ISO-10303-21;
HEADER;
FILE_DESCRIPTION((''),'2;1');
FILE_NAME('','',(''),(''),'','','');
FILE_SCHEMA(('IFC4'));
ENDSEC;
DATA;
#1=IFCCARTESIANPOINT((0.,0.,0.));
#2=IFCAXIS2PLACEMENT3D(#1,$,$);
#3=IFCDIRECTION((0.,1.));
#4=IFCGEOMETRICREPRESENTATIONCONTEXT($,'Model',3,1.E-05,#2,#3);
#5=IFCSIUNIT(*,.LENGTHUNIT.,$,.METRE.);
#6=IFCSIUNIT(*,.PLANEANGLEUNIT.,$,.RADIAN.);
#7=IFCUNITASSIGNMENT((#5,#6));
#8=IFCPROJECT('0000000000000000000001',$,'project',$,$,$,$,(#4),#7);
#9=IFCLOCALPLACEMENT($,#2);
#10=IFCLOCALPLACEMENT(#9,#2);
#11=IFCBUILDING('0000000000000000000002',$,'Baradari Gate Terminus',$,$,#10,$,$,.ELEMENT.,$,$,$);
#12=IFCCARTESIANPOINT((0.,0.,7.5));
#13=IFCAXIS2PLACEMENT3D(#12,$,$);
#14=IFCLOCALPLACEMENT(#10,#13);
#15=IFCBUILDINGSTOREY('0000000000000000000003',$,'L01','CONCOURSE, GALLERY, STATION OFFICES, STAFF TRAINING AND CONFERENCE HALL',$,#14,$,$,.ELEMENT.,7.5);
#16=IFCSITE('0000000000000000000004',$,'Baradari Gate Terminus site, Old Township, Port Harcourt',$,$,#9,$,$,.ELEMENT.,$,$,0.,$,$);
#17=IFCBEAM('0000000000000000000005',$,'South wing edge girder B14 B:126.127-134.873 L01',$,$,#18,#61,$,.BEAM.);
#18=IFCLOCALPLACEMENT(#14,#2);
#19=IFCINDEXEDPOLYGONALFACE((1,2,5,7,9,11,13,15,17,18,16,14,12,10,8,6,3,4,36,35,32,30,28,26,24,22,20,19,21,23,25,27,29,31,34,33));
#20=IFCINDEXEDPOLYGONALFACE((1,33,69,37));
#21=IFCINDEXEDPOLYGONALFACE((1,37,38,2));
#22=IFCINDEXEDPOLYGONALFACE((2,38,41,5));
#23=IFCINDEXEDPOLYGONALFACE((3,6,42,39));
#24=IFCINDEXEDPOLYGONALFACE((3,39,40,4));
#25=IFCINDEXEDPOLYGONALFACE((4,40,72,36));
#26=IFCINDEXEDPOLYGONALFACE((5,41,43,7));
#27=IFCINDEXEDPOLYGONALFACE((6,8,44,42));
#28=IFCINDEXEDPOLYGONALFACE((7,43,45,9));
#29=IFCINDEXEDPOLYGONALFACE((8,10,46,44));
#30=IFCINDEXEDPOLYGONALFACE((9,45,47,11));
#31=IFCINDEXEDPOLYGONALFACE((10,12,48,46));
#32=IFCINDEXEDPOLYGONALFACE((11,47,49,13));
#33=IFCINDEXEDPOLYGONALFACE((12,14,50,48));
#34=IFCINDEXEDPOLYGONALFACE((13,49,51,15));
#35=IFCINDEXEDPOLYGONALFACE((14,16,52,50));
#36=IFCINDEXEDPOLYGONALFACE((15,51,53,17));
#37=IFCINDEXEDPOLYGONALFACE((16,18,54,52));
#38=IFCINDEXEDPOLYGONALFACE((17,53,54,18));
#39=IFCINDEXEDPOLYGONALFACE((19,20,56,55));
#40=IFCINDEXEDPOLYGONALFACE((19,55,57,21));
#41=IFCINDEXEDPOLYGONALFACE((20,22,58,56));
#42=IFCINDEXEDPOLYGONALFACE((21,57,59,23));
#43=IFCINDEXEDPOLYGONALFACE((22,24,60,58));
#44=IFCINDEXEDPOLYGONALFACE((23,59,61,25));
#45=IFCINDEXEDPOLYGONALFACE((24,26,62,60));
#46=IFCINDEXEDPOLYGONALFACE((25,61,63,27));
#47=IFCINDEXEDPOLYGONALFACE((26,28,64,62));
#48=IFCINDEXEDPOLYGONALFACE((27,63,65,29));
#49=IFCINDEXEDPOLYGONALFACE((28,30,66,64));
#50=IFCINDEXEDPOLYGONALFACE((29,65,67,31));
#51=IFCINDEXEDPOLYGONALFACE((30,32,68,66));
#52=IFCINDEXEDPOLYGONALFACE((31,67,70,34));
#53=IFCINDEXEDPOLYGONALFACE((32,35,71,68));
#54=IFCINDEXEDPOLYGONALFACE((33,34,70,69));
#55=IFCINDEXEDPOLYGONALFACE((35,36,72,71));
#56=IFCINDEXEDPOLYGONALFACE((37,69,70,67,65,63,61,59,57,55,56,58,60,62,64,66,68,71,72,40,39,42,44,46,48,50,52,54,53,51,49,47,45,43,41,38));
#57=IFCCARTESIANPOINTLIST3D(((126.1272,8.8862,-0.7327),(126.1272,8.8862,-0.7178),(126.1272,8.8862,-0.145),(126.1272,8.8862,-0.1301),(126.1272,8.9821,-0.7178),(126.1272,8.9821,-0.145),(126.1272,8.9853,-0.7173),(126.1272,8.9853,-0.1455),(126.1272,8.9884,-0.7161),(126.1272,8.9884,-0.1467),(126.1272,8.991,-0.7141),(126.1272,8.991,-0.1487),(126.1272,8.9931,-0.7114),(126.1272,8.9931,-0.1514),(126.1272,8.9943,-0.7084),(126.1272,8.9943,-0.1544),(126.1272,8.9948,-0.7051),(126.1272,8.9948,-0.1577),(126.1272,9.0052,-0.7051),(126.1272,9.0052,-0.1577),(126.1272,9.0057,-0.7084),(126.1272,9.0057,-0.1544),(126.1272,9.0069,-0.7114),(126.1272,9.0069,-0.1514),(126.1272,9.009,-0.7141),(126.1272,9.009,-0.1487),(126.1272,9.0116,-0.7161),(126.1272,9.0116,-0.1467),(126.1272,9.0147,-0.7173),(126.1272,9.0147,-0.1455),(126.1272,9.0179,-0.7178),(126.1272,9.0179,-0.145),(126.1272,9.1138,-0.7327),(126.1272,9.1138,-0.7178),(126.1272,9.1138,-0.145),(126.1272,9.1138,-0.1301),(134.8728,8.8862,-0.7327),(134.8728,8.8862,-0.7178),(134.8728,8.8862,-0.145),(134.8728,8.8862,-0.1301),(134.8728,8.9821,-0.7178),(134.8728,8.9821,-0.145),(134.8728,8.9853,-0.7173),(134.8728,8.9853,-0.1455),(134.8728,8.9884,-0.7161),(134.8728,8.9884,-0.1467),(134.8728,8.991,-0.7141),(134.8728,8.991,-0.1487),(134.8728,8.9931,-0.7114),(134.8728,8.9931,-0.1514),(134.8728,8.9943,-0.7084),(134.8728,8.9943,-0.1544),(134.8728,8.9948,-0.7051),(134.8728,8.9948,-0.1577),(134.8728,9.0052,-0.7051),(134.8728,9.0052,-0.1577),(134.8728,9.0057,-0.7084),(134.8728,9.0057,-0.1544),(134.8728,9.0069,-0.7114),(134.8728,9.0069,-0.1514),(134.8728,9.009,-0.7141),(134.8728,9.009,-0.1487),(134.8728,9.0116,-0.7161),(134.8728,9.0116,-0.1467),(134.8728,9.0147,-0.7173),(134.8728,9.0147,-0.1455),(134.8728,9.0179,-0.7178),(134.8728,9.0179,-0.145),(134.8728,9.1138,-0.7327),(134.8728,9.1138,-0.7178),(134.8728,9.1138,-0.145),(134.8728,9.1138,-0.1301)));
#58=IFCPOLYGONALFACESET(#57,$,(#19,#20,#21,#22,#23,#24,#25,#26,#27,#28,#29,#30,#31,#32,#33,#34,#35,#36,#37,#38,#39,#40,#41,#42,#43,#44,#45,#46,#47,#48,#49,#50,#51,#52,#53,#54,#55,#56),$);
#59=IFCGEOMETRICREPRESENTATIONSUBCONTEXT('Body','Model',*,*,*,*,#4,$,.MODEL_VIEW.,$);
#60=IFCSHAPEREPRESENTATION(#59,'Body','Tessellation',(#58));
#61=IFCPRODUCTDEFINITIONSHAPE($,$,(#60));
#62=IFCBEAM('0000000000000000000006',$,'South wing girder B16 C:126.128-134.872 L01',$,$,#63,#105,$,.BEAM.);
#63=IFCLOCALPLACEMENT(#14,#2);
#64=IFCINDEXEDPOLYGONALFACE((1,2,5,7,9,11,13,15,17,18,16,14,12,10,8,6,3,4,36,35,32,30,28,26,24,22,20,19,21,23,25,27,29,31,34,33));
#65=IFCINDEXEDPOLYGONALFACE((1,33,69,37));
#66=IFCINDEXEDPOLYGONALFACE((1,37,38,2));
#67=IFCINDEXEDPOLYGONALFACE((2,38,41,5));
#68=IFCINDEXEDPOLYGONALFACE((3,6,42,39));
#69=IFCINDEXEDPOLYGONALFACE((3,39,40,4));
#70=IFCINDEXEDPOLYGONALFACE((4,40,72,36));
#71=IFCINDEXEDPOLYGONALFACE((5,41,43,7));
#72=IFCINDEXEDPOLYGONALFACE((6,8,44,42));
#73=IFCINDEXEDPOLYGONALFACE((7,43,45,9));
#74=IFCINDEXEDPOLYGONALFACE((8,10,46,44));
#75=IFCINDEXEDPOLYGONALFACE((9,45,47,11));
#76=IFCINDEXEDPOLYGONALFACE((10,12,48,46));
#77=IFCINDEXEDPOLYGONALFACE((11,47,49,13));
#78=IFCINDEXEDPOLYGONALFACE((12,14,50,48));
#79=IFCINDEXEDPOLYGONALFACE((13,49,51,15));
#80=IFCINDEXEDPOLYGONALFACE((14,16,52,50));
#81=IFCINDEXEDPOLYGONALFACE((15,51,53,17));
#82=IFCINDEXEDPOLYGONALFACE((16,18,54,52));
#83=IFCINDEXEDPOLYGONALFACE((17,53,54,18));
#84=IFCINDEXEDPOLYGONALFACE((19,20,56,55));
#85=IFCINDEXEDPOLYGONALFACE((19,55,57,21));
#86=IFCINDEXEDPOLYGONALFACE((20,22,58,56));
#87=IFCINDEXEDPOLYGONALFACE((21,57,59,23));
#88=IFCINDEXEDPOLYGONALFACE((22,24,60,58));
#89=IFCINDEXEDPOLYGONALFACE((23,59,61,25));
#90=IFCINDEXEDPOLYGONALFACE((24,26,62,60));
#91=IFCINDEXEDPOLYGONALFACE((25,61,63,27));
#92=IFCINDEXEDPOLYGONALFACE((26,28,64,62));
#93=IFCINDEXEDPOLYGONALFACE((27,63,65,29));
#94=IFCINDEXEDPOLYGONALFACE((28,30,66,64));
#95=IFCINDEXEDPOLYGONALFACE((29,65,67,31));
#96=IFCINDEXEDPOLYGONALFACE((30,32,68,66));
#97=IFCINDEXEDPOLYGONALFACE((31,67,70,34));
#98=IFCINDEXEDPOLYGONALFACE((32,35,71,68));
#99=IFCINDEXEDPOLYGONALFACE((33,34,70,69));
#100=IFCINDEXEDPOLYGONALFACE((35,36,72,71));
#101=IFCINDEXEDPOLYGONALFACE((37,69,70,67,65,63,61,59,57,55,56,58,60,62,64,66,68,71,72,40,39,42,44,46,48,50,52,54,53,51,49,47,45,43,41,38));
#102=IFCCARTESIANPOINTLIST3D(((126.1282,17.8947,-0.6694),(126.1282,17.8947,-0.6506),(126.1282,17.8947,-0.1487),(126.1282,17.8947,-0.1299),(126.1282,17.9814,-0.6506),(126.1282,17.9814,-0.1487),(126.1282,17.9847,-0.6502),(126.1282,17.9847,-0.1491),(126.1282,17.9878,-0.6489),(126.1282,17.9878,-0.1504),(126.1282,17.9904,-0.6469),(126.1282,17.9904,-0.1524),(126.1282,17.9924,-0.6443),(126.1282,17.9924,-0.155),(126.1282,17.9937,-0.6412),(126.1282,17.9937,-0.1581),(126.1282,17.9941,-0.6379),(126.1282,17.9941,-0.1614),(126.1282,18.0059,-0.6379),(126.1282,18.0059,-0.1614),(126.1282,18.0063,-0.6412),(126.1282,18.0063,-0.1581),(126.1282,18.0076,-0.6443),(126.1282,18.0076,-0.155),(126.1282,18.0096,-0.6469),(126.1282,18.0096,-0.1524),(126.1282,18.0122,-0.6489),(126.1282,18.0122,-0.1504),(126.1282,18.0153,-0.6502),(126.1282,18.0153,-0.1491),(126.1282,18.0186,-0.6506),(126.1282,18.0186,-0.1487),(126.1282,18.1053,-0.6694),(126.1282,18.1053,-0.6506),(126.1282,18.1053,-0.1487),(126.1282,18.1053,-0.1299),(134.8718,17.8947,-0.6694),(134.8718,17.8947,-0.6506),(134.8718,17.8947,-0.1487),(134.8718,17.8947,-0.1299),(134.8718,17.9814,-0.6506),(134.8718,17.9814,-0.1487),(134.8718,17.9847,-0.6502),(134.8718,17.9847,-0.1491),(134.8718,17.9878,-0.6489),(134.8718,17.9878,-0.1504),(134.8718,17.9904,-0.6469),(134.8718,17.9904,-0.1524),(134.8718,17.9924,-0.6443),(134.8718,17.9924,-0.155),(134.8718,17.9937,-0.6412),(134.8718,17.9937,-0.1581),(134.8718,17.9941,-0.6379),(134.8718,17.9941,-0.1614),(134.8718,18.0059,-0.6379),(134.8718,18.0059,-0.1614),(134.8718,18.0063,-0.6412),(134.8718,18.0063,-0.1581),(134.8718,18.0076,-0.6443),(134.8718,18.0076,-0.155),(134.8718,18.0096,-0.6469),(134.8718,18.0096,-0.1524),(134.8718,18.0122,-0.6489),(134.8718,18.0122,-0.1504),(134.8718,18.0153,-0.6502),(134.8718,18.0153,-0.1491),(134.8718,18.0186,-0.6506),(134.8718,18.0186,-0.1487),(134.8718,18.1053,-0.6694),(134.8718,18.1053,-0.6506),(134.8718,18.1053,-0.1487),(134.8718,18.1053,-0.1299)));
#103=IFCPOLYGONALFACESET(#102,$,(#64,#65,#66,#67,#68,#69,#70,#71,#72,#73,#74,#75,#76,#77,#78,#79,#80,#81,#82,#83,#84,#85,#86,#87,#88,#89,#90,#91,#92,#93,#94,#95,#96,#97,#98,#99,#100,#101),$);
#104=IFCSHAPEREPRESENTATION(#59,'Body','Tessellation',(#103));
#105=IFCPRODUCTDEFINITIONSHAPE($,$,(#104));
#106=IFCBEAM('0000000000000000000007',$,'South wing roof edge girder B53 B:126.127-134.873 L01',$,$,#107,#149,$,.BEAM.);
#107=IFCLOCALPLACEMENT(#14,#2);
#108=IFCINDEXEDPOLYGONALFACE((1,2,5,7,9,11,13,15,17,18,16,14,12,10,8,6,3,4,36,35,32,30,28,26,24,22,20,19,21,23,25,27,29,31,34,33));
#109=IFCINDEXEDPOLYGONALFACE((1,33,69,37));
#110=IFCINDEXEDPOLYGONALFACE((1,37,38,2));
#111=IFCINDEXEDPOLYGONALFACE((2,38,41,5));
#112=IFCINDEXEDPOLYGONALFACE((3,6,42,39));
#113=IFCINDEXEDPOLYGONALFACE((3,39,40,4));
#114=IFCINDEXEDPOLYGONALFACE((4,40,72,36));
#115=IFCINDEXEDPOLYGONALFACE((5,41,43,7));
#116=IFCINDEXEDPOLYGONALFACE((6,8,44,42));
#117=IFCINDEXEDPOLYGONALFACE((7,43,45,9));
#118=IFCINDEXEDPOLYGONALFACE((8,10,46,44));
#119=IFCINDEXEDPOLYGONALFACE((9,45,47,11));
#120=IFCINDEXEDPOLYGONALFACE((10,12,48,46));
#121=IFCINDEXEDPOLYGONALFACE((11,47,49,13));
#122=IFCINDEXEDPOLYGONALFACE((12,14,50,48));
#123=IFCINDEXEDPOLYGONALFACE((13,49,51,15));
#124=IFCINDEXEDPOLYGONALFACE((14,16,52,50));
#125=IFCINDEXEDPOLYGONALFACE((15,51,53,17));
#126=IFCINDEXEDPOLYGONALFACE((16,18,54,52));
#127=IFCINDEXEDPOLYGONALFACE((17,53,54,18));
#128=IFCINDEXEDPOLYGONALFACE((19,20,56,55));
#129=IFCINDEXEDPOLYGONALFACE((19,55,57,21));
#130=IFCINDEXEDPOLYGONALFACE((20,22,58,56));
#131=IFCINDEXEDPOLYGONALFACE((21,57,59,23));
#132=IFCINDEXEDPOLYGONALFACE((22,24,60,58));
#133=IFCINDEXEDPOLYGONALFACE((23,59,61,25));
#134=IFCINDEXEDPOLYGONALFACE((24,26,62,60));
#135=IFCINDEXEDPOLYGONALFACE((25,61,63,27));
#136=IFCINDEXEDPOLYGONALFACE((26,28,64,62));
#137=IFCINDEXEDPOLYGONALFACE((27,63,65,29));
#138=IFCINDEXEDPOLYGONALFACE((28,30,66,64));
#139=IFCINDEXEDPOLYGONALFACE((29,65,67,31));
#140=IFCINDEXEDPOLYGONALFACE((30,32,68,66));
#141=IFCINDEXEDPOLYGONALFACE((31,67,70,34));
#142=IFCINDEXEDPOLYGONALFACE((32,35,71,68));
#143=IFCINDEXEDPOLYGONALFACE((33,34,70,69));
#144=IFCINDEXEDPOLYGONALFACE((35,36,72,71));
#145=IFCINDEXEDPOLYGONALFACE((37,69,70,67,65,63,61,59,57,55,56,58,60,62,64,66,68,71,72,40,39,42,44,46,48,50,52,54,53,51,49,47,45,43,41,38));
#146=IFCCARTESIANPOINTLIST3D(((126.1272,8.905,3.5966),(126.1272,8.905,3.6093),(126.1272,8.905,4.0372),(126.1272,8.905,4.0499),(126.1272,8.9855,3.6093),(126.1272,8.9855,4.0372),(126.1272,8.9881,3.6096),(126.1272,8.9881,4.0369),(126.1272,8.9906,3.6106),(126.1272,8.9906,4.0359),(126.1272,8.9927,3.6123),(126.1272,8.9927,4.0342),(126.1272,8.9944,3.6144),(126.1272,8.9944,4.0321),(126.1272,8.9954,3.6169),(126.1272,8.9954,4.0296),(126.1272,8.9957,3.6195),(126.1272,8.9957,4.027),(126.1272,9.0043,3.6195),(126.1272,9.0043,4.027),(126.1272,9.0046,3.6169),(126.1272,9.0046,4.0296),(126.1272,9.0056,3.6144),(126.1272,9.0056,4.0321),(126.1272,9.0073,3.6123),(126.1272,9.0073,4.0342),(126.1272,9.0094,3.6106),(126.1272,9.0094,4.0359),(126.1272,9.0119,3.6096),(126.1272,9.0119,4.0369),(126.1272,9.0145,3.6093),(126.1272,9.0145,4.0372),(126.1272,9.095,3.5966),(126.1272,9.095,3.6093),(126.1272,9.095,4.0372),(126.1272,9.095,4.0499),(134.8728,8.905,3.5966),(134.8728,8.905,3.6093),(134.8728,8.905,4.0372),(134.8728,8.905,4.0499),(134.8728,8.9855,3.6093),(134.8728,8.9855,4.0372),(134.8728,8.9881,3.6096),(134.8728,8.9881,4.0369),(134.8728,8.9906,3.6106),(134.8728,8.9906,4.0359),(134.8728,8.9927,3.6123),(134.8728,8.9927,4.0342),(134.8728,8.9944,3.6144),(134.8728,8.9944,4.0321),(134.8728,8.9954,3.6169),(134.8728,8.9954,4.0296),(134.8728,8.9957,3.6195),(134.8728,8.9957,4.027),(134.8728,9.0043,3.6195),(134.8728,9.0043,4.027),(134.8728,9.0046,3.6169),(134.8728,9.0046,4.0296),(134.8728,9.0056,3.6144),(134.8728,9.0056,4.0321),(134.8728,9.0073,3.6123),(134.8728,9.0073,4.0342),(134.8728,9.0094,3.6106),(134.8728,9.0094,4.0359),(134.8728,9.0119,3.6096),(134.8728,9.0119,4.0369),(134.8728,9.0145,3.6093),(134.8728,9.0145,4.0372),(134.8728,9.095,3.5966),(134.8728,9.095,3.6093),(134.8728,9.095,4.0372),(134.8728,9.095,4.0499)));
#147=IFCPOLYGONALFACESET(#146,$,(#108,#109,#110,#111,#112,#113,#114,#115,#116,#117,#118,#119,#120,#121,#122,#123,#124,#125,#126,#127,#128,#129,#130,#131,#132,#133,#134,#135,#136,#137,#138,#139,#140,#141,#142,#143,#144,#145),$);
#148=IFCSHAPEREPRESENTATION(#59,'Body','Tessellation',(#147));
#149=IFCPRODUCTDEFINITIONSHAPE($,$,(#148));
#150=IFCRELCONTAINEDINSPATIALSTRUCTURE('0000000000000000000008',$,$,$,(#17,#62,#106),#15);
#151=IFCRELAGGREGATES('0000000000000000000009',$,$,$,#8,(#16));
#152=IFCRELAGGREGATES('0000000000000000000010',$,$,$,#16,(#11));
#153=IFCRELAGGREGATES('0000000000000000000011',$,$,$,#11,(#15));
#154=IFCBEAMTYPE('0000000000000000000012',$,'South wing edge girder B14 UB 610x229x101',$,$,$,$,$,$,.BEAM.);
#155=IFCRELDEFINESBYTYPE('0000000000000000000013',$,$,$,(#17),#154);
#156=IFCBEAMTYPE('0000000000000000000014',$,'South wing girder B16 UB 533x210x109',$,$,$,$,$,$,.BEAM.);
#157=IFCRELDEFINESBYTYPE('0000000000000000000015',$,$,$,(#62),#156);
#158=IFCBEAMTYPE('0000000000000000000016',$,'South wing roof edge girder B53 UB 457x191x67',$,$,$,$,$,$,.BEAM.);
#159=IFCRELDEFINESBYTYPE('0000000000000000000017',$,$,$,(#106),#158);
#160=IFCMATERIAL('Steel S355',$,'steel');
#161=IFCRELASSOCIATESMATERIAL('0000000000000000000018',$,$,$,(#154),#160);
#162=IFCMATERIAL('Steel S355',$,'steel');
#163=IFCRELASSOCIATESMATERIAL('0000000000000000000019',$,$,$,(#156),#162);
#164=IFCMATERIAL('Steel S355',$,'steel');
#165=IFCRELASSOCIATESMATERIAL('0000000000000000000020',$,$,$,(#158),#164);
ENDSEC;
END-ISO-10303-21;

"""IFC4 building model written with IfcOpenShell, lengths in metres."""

from ifc_helpers import new_model, si_unit, direction, frame, origin, origin_2d, place, context, subcontext, project, spatial, i_section, extrude, material, material_profile, profile_set, type_object, element, save


model = new_model("IFC4")

# Units and contexts
model_context = context("Model", 3, precision=1e-05, world=origin(), true_north=direction((0.0, 1.0)))
body_context = subcontext(model_context, "Body", "Model", "MODEL_VIEW")
ifc_project = project(units=[si_unit("LENGTHUNIT", "METRE"), si_unit("PLANEANGLEUNIT", "RADIAN")], contexts=[model_context])

# Site, building, storey
site_placement = place(None, origin())
site = spatial("IfcSite", under=ifc_project, at=site_placement, Name="Baradari Gate Terminus site, Old Township, Port Harcourt", CompositionType="ELEMENT", RefElevation=0.0)
building_placement = place(site_placement, origin())
building = spatial("IfcBuilding", under=site, at=building_placement, Name="Baradari Gate Terminus", CompositionType="ELEMENT")
storey_placement = place(building_placement, frame((0.0, 0.0, 7.5)))
storey = spatial("IfcBuildingStorey", under=building, at=storey_placement, Name="L01", Description="CONCOURSE, GALLERY, STATION OFFICES, STAFF TRAINING AND CONFERENCE HALL", CompositionType="ELEMENT", Elevation=7.5)

# Beams
ifc_material_1 = material(Name="Steel S355", Category="steel")
ifc_material_profile_1 = material_profile(ifc_material_1, i_section(OverallWidth=0.2275, OverallDepth=0.6025, WebThickness=0.0105, FlangeThickness=0.0149, FilletRadius=0.0127, at=origin_2d()), Name="UB 610x229x101")
ifc_profile_set_1 = profile_set([ifc_material_profile_1], Name="Steel S355")
beam_type_1 = type_object("IfcBeamType", Name="South wing edge girder B14 UB 610x229x101", PredefinedType="BEAM", material=ifc_profile_set_1)
beam_1_placement = place(storey_placement, frame((126.1272, 9.0, -0.4314), z_axis=(1.0, 0.0, 0.0), x_axis=(0.0, 1.0, 0.0)))
element("IfcBeam", 1, at=beam_1_placement, inside=storey, type_object=beam_type_1, Name="South wing edge girder B14 B:126.127-134.873 L01", PredefinedType="BEAM", context=body_context, shape_type="SweptSolid", body=[
    extrude(i_section(OverallWidth=0.2275, OverallDepth=0.6025, WebThickness=0.0105, FlangeThickness=0.0149, FilletRadius=0.0127, at=origin_2d()), origin(), (0.0, 0.0, 1.0), 8.7456),
])
ifc_material_2 = material(Name="Steel S355", Category="steel")
ifc_material_profile_2 = material_profile(ifc_material_2, i_section(OverallWidth=0.2107, OverallDepth=0.5396, WebThickness=0.0117, FlangeThickness=0.0188, FilletRadius=0.0127, at=origin_2d()), Name="UB 533x210x109")
ifc_profile_set_2 = profile_set([ifc_material_profile_2], Name="Steel S355")
beam_type_2 = type_object("IfcBeamType", Name="South wing girder B16 UB 533x210x109", PredefinedType="BEAM", material=ifc_profile_set_2)
beam_2_placement = place(storey_placement, frame((126.1282, 18.0, -0.3997), z_axis=(1.0, 0.0, 0.0), x_axis=(0.0, 1.0, 0.0)))
element("IfcBeam", 2, at=beam_2_placement, inside=storey, type_object=beam_type_2, Name="South wing girder B16 C:126.128-134.872 L01", PredefinedType="BEAM", context=body_context, shape_type="SweptSolid", body=[
    extrude(i_section(OverallWidth=0.2107, OverallDepth=0.5396, WebThickness=0.0117, FlangeThickness=0.0188, FilletRadius=0.0127, at=origin_2d()), origin(), (0.0, 0.0, 1.0), 8.7437),
])
ifc_material_3 = material(Name="Steel S355", Category="steel")
ifc_material_profile_3 = material_profile(ifc_material_3, i_section(OverallWidth=0.1899, OverallDepth=0.4534, WebThickness=0.0085, FlangeThickness=0.0127, FilletRadius=0.0103, at=origin_2d()), Name="UB 457x191x67")
ifc_profile_set_3 = profile_set([ifc_material_profile_3], Name="Steel S355")
beam_type_3 = type_object("IfcBeamType", Name="South wing roof edge girder B53 UB 457x191x67", PredefinedType="BEAM", material=ifc_profile_set_3)
beam_3_placement = place(storey_placement, frame((126.1272, 9.0, 3.8232), z_axis=(1.0, 0.0, 0.0), x_axis=(0.0, 1.0, 0.0)))
element("IfcBeam", 3, at=beam_3_placement, inside=storey, type_object=beam_type_3, Name="South wing roof edge girder B53 B:126.127-134.873 L01", PredefinedType="BEAM", context=body_context, shape_type="SweptSolid", body=[
    extrude(i_section(OverallWidth=0.1899, OverallDepth=0.4534, WebThickness=0.0085, FlangeThickness=0.0127, FilletRadius=0.0103, at=origin_2d()), origin(), (0.0, 0.0, 1.0), 8.7456),
])

save(model, "model.ifc")
